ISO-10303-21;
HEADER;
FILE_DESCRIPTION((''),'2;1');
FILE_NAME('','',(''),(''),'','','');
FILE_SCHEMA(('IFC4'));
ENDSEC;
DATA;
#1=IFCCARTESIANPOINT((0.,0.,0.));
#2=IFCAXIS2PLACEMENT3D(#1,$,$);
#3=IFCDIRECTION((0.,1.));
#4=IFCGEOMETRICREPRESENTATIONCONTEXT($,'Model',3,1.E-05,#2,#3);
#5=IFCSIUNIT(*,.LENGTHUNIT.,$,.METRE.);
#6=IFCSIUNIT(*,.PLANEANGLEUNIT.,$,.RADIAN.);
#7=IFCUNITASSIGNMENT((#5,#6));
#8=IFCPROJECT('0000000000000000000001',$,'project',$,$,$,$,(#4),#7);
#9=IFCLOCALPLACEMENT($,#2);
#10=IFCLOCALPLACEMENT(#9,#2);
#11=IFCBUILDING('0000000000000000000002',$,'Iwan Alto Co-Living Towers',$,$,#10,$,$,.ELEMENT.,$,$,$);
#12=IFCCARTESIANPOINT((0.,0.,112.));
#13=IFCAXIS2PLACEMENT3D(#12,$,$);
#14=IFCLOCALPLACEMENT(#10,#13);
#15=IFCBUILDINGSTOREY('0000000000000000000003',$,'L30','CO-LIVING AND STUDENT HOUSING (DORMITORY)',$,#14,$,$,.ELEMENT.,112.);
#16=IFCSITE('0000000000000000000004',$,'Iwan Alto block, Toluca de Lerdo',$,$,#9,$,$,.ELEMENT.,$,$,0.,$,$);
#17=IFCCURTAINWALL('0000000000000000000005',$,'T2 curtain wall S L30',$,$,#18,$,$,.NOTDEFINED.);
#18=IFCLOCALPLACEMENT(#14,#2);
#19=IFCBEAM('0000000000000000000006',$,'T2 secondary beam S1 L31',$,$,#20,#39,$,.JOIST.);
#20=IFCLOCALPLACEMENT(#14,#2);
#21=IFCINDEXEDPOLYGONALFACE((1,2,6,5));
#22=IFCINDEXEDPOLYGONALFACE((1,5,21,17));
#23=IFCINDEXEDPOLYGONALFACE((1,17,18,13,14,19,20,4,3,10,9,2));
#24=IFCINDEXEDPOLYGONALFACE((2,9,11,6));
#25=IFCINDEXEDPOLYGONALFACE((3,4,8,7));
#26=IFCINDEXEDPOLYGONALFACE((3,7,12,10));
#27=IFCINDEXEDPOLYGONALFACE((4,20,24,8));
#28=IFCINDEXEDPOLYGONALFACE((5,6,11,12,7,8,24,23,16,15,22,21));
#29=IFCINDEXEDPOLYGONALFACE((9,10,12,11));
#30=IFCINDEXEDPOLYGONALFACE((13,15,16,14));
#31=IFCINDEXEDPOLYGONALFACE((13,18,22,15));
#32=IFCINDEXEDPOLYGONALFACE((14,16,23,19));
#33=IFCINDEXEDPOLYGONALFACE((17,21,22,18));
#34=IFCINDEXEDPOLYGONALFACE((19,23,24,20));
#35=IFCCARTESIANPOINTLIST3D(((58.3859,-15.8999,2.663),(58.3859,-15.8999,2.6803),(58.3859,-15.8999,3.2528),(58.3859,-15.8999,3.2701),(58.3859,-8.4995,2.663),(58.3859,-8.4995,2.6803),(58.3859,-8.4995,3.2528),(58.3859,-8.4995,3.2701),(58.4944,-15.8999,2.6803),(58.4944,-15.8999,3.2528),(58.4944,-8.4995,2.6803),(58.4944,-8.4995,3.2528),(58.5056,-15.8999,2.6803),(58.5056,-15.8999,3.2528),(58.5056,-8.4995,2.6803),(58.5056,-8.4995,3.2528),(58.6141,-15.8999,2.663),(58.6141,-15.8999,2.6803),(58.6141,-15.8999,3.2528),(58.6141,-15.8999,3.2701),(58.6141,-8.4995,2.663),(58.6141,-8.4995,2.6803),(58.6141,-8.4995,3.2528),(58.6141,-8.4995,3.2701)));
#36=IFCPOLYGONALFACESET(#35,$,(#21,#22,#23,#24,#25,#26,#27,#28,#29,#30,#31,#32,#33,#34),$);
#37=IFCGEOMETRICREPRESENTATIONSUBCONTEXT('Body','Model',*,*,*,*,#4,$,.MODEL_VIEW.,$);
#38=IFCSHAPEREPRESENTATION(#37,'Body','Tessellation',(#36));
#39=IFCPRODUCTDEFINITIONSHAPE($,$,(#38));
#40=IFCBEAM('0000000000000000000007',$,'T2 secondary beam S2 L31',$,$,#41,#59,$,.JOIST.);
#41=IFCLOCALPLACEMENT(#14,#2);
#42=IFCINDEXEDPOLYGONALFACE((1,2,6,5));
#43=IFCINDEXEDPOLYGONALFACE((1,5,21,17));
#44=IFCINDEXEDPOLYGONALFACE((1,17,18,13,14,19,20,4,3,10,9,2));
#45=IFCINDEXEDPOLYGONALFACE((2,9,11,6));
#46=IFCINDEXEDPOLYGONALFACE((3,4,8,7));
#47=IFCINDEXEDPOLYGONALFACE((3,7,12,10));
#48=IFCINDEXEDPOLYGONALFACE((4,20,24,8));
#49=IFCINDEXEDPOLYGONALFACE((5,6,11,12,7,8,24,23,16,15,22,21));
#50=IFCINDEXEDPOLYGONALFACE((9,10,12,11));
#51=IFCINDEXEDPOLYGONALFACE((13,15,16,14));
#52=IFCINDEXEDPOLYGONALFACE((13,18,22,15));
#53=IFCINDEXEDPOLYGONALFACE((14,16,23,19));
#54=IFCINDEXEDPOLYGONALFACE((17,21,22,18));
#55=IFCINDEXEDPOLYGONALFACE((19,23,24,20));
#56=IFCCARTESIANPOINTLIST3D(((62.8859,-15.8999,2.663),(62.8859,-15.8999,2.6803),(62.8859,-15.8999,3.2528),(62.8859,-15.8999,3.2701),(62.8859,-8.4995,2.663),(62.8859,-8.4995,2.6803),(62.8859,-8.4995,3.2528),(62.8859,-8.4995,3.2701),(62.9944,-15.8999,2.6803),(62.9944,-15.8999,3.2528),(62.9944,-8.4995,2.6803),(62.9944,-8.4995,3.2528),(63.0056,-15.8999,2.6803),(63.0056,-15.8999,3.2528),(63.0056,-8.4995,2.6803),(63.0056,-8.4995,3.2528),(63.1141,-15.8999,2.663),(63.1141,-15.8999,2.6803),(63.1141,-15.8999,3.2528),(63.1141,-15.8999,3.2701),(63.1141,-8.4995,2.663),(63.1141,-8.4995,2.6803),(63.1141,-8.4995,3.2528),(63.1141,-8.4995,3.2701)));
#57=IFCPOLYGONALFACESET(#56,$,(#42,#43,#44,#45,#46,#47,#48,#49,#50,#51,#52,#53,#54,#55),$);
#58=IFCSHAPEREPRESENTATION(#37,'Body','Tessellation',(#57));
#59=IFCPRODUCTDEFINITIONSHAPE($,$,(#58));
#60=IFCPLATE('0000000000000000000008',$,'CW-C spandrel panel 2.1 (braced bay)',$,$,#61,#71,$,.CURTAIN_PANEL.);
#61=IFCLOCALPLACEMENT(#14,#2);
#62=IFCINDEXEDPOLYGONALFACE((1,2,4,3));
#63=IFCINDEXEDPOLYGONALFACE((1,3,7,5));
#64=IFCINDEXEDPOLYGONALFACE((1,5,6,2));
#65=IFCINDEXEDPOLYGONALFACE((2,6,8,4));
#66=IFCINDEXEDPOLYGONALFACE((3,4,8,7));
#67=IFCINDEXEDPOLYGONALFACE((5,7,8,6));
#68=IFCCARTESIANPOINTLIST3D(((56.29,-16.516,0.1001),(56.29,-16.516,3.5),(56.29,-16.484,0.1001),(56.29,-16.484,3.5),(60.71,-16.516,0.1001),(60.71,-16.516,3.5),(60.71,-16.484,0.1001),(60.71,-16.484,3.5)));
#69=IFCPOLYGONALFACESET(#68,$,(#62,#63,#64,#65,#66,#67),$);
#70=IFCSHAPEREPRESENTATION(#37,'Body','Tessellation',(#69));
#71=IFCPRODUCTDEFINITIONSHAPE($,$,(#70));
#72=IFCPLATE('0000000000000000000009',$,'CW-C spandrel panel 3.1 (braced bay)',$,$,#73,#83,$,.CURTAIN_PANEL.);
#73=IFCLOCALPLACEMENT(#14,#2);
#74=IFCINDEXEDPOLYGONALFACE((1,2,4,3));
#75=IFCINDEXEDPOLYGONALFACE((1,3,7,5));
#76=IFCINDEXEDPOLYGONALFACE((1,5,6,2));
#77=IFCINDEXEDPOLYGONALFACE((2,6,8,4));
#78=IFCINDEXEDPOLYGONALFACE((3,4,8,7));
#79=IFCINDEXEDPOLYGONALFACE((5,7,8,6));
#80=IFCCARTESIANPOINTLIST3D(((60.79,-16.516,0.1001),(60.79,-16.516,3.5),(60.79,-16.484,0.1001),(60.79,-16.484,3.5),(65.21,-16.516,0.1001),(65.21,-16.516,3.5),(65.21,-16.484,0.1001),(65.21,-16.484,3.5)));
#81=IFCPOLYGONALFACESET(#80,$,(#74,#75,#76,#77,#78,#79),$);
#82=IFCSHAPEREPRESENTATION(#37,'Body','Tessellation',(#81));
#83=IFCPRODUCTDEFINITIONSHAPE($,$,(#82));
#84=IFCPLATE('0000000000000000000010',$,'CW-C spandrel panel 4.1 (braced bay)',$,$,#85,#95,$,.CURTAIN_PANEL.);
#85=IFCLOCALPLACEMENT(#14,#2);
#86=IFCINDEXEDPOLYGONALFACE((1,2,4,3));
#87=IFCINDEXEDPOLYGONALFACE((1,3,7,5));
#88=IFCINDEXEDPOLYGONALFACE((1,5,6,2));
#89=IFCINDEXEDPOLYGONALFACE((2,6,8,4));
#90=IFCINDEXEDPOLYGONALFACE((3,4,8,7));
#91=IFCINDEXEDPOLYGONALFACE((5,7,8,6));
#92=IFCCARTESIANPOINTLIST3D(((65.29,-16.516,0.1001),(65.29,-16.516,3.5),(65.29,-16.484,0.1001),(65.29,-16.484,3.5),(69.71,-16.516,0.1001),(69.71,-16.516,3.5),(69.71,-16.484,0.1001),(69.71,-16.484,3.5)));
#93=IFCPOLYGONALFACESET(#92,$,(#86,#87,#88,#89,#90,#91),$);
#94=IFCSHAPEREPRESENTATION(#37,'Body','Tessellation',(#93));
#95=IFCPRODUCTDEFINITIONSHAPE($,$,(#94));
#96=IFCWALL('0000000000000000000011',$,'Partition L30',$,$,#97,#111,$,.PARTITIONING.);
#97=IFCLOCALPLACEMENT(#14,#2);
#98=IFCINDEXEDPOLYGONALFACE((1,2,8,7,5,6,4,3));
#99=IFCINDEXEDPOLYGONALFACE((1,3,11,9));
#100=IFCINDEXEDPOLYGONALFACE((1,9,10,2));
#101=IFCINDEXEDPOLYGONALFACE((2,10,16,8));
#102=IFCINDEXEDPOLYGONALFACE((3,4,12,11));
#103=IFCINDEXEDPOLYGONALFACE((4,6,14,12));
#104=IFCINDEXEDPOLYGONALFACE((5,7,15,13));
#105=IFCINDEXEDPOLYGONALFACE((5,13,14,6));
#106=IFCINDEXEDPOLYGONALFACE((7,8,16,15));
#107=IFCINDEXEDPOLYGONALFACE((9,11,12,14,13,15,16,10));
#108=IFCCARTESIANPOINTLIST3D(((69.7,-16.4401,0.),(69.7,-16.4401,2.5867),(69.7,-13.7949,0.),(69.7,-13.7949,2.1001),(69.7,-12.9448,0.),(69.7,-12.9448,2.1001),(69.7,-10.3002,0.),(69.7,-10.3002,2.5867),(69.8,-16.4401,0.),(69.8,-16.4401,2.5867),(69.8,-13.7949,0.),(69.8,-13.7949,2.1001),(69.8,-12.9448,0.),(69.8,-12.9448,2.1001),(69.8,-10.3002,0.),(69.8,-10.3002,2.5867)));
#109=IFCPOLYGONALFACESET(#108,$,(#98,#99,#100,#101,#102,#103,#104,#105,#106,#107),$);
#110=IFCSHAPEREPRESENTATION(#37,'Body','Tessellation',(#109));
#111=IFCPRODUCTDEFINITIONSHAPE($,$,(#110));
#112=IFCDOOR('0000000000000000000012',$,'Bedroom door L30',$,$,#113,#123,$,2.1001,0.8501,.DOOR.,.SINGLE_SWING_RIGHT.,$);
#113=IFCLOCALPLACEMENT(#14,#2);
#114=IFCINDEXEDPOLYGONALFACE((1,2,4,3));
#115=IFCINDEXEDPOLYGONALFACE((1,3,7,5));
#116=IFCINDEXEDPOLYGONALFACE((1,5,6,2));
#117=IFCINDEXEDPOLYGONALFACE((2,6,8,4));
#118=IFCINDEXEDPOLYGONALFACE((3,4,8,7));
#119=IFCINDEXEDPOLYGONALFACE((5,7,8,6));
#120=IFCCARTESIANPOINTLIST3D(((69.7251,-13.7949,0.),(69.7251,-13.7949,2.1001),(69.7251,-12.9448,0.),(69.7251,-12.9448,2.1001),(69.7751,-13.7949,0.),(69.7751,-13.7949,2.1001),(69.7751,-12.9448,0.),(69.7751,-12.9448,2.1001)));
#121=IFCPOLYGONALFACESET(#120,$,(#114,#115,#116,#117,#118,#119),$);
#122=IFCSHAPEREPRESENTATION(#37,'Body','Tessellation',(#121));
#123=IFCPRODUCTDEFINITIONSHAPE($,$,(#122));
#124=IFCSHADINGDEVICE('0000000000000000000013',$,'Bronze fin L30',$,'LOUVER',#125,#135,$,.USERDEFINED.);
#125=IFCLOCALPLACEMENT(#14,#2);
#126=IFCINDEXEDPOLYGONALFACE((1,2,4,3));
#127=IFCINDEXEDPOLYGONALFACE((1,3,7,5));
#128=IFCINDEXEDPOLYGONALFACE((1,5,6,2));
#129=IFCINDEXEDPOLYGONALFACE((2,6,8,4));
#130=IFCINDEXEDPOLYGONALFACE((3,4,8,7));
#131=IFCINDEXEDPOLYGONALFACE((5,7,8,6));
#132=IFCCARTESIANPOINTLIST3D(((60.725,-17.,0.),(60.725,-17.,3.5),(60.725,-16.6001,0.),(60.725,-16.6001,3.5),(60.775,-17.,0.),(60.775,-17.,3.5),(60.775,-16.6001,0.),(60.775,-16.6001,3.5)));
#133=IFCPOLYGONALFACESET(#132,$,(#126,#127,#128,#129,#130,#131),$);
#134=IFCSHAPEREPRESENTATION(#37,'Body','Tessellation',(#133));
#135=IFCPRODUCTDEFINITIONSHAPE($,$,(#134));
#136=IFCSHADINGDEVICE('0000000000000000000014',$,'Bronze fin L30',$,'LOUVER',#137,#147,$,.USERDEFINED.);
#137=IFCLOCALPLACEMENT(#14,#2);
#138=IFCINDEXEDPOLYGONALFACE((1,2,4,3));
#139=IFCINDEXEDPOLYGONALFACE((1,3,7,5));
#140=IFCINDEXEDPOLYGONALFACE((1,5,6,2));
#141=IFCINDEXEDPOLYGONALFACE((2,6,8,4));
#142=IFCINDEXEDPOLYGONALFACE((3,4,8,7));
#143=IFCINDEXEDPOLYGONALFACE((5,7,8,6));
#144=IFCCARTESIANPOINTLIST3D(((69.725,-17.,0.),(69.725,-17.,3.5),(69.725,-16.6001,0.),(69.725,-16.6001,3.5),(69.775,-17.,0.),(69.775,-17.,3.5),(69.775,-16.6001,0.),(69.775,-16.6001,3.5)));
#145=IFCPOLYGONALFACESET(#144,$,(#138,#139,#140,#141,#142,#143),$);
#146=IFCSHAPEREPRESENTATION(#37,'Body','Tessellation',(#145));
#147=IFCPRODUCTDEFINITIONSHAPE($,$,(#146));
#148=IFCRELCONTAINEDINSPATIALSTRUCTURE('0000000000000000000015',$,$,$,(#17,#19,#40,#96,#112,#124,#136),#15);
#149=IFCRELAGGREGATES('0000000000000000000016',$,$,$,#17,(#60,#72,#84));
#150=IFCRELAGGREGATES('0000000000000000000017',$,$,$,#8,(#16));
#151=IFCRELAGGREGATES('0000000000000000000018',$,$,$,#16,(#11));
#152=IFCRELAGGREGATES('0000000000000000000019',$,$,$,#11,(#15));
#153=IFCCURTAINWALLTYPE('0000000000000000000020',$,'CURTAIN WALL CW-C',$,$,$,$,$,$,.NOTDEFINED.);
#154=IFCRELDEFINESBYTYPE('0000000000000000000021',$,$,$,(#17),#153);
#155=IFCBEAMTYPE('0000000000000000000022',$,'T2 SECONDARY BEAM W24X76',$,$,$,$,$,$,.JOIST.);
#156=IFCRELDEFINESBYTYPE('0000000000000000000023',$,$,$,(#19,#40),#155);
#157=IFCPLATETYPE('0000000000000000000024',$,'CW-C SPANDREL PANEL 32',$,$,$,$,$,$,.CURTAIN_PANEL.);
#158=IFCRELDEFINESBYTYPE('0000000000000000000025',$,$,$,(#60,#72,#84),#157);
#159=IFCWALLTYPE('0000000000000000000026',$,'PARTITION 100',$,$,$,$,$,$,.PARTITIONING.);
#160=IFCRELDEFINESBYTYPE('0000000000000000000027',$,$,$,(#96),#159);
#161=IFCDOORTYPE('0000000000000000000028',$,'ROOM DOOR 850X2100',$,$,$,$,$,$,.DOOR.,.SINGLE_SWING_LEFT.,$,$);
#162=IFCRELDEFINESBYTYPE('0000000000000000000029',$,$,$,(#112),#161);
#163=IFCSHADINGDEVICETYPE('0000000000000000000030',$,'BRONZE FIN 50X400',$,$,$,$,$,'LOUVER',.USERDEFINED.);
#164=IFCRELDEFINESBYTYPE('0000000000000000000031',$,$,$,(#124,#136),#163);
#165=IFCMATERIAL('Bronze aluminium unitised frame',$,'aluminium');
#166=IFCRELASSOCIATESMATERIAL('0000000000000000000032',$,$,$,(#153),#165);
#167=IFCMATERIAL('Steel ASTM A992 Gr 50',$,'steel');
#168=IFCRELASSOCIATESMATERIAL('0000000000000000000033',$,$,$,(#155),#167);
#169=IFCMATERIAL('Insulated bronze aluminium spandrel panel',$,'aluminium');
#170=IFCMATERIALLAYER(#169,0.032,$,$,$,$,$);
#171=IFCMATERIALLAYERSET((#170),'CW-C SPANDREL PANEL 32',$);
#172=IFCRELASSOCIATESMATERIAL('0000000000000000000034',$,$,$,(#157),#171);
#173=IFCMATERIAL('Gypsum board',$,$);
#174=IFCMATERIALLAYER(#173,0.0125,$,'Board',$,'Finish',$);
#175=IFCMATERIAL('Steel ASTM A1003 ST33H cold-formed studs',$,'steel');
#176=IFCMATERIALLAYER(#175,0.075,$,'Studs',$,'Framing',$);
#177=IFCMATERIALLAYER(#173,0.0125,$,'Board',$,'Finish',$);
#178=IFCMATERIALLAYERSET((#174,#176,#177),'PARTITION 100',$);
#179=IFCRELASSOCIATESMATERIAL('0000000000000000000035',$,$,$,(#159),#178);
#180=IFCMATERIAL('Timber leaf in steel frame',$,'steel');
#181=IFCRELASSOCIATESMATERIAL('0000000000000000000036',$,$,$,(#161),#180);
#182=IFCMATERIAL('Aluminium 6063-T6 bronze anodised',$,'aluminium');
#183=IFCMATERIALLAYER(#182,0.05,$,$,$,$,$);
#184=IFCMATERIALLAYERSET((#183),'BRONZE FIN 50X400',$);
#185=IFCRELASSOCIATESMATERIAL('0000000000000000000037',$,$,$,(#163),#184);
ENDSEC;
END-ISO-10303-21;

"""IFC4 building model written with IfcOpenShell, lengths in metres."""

from ifc_helpers import new_model, si_unit, direction, frame, frame_2d, origin, origin_2d, place, context, subcontext, project, spatial, rectangle, i_section, extrude, material, layer, layer_set, material_profile, profile_set, type_object, element, fill, aggregate, save


model = new_model("IFC4")

# Units and contexts
model_context = context("Model", 3, precision=1e-05, world=origin(), true_north=direction((0.0, 1.0)))
body_context = subcontext(model_context, "Body", "Model", "MODEL_VIEW")
ifc_project = project(units=[si_unit("LENGTHUNIT", "METRE"), si_unit("PLANEANGLEUNIT", "RADIAN")], contexts=[model_context])

# Site, building, storey
site_placement = place(None, origin())
site = spatial("IfcSite", under=ifc_project, at=site_placement, Name="Iwan Alto block, Toluca de Lerdo", CompositionType="ELEMENT", RefElevation=0.0)
building_placement = place(site_placement, origin())
building = spatial("IfcBuilding", under=site, at=building_placement, Name="Iwan Alto Co-Living Towers", CompositionType="ELEMENT")
storey_placement = place(building_placement, frame((0.0, 0.0, 112.0)))
storey = spatial("IfcBuildingStorey", under=building, at=storey_placement, Name="L30", Description="CO-LIVING AND STUDENT HOUSING (DORMITORY)", CompositionType="ELEMENT", Elevation=112.0)

# Curtain wall
ifc_material_1 = material(Name="Bronze aluminium unitised frame", Category="aluminium")
curtain_wall_type = type_object("IfcCurtainWallType", Name="CURTAIN WALL CW-C", PredefinedType="NOTDEFINED", material=ifc_material_1)
curtain_wall_placement = place(storey_placement, origin())
curtain_wall = element("IfcCurtainWall", 1, at=curtain_wall_placement, inside=storey, type_object=curtain_wall_type, Name="T2 curtain wall S L30", PredefinedType="NOTDEFINED")

# Beams
ifc_material_2 = material(Name="Steel ASTM A992 Gr 50", Category="steel")
ifc_material_profile_1 = material_profile(ifc_material_2, i_section(OverallWidth=0.2283, OverallDepth=0.6072, WebThickness=0.0112, FlangeThickness=0.0173, at=origin_2d()), Name="W24X76")
ifc_profile_set_1 = profile_set([ifc_material_profile_1], Name="Steel ASTM A992 Gr 50")
beam_type_1 = type_object("IfcBeamType", Name="T2 SECONDARY BEAM W24X76", PredefinedType="JOIST", material=ifc_profile_set_1)
for number, where, z_axis, x_axis, name in (
    (2, (58.5, -15.8999, 2.9666), (0.0, 1.0, 0.0), (-1.0, 0.0, 0.0), "T2 secondary beam S1 L31"),
    (3, (63.0, -15.8999, 2.9666), (0.0, 1.0, 0.0), (-1.0, 0.0, 0.0), "T2 secondary beam S2 L31"),
):
    element("IfcBeam", number, at=place(storey_placement, frame(where, z_axis=z_axis, x_axis=x_axis)), inside=storey, type_object=beam_type_1, Name=name, PredefinedType="JOIST", context=body_context, shape_type="SweptSolid", body=[
        extrude(i_section(OverallWidth=0.2283, OverallDepth=0.6072, WebThickness=0.0112, FlangeThickness=0.0173, at=origin_2d()), origin(), (0.0, 0.0, 1.0), 7.4004),
    ])

# Plates
ifc_material_3 = material(Name="Insulated bronze aluminium spandrel panel", Category="aluminium")
ifc_layer_1 = layer(ifc_material_3, 0.032)
ifc_layer_set_1 = layer_set([ifc_layer_1], Name="CW-C SPANDREL PANEL 32")
plate_type = type_object("IfcPlateType", Name="CW-C SPANDREL PANEL 32", PredefinedType="CURTAIN_PANEL", material=ifc_layer_set_1)
plate_1_placement = place(storey_placement, frame((58.5, -16.5, 0.1001), z_axis=(0.0, 0.0, 1.0), x_axis=(1.0, 0.0, 0.0)))
plate_1 = element("IfcPlate", 4, at=plate_1_placement, type_object=plate_type, Name="CW-C spandrel panel 2.1 (braced bay)", PredefinedType="CURTAIN_PANEL", context=body_context, shape_type="SweptSolid", body=[
    extrude(rectangle(XDim=4.4199, YDim=0.032, at=origin_2d()), origin(), (0.0, 0.0, 1.0), 3.3999),
])
plate_2_placement = place(storey_placement, frame((63.0, -16.5, 0.1001), z_axis=(0.0, 0.0, 1.0), x_axis=(1.0, 0.0, 0.0)))
plate_2 = element("IfcPlate", 5, at=plate_2_placement, type_object=plate_type, Name="CW-C spandrel panel 3.1 (braced bay)", PredefinedType="CURTAIN_PANEL", context=body_context, shape_type="SweptSolid", body=[
    extrude(rectangle(XDim=4.4199, YDim=0.032, at=origin_2d()), origin(), (0.0, 0.0, 1.0), 3.3999),
])
plate_3_placement = place(storey_placement, frame((67.5, -16.5, 0.1001), z_axis=(0.0, 0.0, 1.0), x_axis=(1.0, 0.0, 0.0)))
plate_3 = element("IfcPlate", 6, at=plate_3_placement, type_object=plate_type, Name="CW-C spandrel panel 4.1 (braced bay)", PredefinedType="CURTAIN_PANEL", context=body_context, shape_type="SweptSolid", body=[
    extrude(rectangle(XDim=4.4199, YDim=0.032, at=origin_2d()), origin(), (0.0, 0.0, 1.0), 3.3999),
])
aggregate(curtain_wall, [plate_1, plate_2, plate_3])

# Wall, opening, door
ifc_material_4 = material(Name="Gypsum board")
ifc_layer_2 = layer(ifc_material_4, 0.0125, Name="Board", Category="Finish")
ifc_material_5 = material(Name="Steel ASTM A1003 ST33H cold-formed studs", Category="steel")
ifc_layer_3 = layer(ifc_material_5, 0.075, Name="Studs", Category="Framing")
ifc_layer_4 = layer(ifc_material_4, 0.0125, Name="Board", Category="Finish")
ifc_layer_set_2 = layer_set([ifc_layer_2, ifc_layer_3, ifc_layer_4], Name="PARTITION 100")
wall_type = type_object("IfcWallType", Name="PARTITION 100", PredefinedType="PARTITIONING", material=ifc_layer_set_2)
wall_placement = place(storey_placement, frame((69.75, -16.4399, 0.0), z_axis=(0.0, 0.0, 1.0), x_axis=(0.0, 1.0, 0.0)))
wall = element("IfcWall", 7, at=wall_placement, inside=storey, type_object=wall_type, Name="Partition L30", PredefinedType="PARTITIONING", context=body_context, shape_type="SweptSolid", body=[
    extrude(rectangle(XDim=6.1399, YDim=0.1001, at=frame_2d((3.0698, 0.0))), origin(), (0.0, 0.0, 1.0), 2.5867),
])
opening_placement = place(wall_placement, frame((2.645, 0.0, 0.0)))
opening = element("IfcOpeningElement", 8, at=opening_placement, cuts=wall, PredefinedType="OPENING", context=body_context, shape_type="SweptSolid", body=[
    extrude(rectangle(XDim=0.8501, YDim=2.1001, at=frame_2d((0.425, 1.05))), frame((0.0, 0.0601, 0.0), z_axis=(0.0, -1.0, 0.0), x_axis=(1.0, 0.0, 0.0)), (0.0, 0.0, 1.0), 0.1201),
])
ifc_material_6 = material(Name="Timber leaf in steel frame", Category="steel")
door_type = type_object("IfcDoorType", Name="ROOM DOOR 850X2100", OperationType="SINGLE_SWING_LEFT", PredefinedType="DOOR", material=ifc_material_6)
door_placement = place(opening_placement, origin())
door = element("IfcDoor", 9, at=door_placement, inside=storey, type_object=door_type, Name="Bedroom door L30", OperationType="SINGLE_SWING_RIGHT", OverallHeight=2.1001, OverallWidth=0.8501, PredefinedType="DOOR", context=body_context, shape_type="SweptSolid", body=[
    extrude(rectangle(XDim=0.8501, YDim=2.1001, at=frame_2d((0.425, 1.05))), frame((0.0, 0.0249, 0.0), z_axis=(0.0, -1.0, 0.0), x_axis=(1.0, 0.0, 0.0)), (0.0, 0.0, 1.0), 0.05),
])
fill(opening, door)

# Shading devices
ifc_material_7 = material(Name="Aluminium 6063-T6 bronze anodised", Category="aluminium")
ifc_layer_5 = layer(ifc_material_7, 0.05)
ifc_layer_set_3 = layer_set([ifc_layer_5], Name="BRONZE FIN 50X400")
shading_device_type = type_object("IfcShadingDeviceType", Name="BRONZE FIN 50X400", ElementType="LOUVER", PredefinedType="USERDEFINED", material=ifc_layer_set_3)
for number, where, z_axis, x_axis, name in (
    (10, (60.75, -16.8, 0.0), (0.0, 0.0, 1.0), (1.0, 0.0, 0.0), "Bronze fin L30"),
    (11, (69.75, -16.8, 0.0), (0.0, 0.0, 1.0), (1.0, 0.0, 0.0), "Bronze fin L30"),
):
    element("IfcShadingDevice", number, at=place(storey_placement, frame(where, z_axis=z_axis, x_axis=x_axis)), inside=storey, type_object=shading_device_type, Name=name, ObjectType="LOUVER", PredefinedType="USERDEFINED", context=body_context, shape_type="SweptSolid", body=[
        extrude(rectangle(XDim=0.05, YDim=0.3999, at=origin_2d()), origin(), (0.0, 0.0, 1.0), 3.5),
    ])

save(model, "model.ifc")
